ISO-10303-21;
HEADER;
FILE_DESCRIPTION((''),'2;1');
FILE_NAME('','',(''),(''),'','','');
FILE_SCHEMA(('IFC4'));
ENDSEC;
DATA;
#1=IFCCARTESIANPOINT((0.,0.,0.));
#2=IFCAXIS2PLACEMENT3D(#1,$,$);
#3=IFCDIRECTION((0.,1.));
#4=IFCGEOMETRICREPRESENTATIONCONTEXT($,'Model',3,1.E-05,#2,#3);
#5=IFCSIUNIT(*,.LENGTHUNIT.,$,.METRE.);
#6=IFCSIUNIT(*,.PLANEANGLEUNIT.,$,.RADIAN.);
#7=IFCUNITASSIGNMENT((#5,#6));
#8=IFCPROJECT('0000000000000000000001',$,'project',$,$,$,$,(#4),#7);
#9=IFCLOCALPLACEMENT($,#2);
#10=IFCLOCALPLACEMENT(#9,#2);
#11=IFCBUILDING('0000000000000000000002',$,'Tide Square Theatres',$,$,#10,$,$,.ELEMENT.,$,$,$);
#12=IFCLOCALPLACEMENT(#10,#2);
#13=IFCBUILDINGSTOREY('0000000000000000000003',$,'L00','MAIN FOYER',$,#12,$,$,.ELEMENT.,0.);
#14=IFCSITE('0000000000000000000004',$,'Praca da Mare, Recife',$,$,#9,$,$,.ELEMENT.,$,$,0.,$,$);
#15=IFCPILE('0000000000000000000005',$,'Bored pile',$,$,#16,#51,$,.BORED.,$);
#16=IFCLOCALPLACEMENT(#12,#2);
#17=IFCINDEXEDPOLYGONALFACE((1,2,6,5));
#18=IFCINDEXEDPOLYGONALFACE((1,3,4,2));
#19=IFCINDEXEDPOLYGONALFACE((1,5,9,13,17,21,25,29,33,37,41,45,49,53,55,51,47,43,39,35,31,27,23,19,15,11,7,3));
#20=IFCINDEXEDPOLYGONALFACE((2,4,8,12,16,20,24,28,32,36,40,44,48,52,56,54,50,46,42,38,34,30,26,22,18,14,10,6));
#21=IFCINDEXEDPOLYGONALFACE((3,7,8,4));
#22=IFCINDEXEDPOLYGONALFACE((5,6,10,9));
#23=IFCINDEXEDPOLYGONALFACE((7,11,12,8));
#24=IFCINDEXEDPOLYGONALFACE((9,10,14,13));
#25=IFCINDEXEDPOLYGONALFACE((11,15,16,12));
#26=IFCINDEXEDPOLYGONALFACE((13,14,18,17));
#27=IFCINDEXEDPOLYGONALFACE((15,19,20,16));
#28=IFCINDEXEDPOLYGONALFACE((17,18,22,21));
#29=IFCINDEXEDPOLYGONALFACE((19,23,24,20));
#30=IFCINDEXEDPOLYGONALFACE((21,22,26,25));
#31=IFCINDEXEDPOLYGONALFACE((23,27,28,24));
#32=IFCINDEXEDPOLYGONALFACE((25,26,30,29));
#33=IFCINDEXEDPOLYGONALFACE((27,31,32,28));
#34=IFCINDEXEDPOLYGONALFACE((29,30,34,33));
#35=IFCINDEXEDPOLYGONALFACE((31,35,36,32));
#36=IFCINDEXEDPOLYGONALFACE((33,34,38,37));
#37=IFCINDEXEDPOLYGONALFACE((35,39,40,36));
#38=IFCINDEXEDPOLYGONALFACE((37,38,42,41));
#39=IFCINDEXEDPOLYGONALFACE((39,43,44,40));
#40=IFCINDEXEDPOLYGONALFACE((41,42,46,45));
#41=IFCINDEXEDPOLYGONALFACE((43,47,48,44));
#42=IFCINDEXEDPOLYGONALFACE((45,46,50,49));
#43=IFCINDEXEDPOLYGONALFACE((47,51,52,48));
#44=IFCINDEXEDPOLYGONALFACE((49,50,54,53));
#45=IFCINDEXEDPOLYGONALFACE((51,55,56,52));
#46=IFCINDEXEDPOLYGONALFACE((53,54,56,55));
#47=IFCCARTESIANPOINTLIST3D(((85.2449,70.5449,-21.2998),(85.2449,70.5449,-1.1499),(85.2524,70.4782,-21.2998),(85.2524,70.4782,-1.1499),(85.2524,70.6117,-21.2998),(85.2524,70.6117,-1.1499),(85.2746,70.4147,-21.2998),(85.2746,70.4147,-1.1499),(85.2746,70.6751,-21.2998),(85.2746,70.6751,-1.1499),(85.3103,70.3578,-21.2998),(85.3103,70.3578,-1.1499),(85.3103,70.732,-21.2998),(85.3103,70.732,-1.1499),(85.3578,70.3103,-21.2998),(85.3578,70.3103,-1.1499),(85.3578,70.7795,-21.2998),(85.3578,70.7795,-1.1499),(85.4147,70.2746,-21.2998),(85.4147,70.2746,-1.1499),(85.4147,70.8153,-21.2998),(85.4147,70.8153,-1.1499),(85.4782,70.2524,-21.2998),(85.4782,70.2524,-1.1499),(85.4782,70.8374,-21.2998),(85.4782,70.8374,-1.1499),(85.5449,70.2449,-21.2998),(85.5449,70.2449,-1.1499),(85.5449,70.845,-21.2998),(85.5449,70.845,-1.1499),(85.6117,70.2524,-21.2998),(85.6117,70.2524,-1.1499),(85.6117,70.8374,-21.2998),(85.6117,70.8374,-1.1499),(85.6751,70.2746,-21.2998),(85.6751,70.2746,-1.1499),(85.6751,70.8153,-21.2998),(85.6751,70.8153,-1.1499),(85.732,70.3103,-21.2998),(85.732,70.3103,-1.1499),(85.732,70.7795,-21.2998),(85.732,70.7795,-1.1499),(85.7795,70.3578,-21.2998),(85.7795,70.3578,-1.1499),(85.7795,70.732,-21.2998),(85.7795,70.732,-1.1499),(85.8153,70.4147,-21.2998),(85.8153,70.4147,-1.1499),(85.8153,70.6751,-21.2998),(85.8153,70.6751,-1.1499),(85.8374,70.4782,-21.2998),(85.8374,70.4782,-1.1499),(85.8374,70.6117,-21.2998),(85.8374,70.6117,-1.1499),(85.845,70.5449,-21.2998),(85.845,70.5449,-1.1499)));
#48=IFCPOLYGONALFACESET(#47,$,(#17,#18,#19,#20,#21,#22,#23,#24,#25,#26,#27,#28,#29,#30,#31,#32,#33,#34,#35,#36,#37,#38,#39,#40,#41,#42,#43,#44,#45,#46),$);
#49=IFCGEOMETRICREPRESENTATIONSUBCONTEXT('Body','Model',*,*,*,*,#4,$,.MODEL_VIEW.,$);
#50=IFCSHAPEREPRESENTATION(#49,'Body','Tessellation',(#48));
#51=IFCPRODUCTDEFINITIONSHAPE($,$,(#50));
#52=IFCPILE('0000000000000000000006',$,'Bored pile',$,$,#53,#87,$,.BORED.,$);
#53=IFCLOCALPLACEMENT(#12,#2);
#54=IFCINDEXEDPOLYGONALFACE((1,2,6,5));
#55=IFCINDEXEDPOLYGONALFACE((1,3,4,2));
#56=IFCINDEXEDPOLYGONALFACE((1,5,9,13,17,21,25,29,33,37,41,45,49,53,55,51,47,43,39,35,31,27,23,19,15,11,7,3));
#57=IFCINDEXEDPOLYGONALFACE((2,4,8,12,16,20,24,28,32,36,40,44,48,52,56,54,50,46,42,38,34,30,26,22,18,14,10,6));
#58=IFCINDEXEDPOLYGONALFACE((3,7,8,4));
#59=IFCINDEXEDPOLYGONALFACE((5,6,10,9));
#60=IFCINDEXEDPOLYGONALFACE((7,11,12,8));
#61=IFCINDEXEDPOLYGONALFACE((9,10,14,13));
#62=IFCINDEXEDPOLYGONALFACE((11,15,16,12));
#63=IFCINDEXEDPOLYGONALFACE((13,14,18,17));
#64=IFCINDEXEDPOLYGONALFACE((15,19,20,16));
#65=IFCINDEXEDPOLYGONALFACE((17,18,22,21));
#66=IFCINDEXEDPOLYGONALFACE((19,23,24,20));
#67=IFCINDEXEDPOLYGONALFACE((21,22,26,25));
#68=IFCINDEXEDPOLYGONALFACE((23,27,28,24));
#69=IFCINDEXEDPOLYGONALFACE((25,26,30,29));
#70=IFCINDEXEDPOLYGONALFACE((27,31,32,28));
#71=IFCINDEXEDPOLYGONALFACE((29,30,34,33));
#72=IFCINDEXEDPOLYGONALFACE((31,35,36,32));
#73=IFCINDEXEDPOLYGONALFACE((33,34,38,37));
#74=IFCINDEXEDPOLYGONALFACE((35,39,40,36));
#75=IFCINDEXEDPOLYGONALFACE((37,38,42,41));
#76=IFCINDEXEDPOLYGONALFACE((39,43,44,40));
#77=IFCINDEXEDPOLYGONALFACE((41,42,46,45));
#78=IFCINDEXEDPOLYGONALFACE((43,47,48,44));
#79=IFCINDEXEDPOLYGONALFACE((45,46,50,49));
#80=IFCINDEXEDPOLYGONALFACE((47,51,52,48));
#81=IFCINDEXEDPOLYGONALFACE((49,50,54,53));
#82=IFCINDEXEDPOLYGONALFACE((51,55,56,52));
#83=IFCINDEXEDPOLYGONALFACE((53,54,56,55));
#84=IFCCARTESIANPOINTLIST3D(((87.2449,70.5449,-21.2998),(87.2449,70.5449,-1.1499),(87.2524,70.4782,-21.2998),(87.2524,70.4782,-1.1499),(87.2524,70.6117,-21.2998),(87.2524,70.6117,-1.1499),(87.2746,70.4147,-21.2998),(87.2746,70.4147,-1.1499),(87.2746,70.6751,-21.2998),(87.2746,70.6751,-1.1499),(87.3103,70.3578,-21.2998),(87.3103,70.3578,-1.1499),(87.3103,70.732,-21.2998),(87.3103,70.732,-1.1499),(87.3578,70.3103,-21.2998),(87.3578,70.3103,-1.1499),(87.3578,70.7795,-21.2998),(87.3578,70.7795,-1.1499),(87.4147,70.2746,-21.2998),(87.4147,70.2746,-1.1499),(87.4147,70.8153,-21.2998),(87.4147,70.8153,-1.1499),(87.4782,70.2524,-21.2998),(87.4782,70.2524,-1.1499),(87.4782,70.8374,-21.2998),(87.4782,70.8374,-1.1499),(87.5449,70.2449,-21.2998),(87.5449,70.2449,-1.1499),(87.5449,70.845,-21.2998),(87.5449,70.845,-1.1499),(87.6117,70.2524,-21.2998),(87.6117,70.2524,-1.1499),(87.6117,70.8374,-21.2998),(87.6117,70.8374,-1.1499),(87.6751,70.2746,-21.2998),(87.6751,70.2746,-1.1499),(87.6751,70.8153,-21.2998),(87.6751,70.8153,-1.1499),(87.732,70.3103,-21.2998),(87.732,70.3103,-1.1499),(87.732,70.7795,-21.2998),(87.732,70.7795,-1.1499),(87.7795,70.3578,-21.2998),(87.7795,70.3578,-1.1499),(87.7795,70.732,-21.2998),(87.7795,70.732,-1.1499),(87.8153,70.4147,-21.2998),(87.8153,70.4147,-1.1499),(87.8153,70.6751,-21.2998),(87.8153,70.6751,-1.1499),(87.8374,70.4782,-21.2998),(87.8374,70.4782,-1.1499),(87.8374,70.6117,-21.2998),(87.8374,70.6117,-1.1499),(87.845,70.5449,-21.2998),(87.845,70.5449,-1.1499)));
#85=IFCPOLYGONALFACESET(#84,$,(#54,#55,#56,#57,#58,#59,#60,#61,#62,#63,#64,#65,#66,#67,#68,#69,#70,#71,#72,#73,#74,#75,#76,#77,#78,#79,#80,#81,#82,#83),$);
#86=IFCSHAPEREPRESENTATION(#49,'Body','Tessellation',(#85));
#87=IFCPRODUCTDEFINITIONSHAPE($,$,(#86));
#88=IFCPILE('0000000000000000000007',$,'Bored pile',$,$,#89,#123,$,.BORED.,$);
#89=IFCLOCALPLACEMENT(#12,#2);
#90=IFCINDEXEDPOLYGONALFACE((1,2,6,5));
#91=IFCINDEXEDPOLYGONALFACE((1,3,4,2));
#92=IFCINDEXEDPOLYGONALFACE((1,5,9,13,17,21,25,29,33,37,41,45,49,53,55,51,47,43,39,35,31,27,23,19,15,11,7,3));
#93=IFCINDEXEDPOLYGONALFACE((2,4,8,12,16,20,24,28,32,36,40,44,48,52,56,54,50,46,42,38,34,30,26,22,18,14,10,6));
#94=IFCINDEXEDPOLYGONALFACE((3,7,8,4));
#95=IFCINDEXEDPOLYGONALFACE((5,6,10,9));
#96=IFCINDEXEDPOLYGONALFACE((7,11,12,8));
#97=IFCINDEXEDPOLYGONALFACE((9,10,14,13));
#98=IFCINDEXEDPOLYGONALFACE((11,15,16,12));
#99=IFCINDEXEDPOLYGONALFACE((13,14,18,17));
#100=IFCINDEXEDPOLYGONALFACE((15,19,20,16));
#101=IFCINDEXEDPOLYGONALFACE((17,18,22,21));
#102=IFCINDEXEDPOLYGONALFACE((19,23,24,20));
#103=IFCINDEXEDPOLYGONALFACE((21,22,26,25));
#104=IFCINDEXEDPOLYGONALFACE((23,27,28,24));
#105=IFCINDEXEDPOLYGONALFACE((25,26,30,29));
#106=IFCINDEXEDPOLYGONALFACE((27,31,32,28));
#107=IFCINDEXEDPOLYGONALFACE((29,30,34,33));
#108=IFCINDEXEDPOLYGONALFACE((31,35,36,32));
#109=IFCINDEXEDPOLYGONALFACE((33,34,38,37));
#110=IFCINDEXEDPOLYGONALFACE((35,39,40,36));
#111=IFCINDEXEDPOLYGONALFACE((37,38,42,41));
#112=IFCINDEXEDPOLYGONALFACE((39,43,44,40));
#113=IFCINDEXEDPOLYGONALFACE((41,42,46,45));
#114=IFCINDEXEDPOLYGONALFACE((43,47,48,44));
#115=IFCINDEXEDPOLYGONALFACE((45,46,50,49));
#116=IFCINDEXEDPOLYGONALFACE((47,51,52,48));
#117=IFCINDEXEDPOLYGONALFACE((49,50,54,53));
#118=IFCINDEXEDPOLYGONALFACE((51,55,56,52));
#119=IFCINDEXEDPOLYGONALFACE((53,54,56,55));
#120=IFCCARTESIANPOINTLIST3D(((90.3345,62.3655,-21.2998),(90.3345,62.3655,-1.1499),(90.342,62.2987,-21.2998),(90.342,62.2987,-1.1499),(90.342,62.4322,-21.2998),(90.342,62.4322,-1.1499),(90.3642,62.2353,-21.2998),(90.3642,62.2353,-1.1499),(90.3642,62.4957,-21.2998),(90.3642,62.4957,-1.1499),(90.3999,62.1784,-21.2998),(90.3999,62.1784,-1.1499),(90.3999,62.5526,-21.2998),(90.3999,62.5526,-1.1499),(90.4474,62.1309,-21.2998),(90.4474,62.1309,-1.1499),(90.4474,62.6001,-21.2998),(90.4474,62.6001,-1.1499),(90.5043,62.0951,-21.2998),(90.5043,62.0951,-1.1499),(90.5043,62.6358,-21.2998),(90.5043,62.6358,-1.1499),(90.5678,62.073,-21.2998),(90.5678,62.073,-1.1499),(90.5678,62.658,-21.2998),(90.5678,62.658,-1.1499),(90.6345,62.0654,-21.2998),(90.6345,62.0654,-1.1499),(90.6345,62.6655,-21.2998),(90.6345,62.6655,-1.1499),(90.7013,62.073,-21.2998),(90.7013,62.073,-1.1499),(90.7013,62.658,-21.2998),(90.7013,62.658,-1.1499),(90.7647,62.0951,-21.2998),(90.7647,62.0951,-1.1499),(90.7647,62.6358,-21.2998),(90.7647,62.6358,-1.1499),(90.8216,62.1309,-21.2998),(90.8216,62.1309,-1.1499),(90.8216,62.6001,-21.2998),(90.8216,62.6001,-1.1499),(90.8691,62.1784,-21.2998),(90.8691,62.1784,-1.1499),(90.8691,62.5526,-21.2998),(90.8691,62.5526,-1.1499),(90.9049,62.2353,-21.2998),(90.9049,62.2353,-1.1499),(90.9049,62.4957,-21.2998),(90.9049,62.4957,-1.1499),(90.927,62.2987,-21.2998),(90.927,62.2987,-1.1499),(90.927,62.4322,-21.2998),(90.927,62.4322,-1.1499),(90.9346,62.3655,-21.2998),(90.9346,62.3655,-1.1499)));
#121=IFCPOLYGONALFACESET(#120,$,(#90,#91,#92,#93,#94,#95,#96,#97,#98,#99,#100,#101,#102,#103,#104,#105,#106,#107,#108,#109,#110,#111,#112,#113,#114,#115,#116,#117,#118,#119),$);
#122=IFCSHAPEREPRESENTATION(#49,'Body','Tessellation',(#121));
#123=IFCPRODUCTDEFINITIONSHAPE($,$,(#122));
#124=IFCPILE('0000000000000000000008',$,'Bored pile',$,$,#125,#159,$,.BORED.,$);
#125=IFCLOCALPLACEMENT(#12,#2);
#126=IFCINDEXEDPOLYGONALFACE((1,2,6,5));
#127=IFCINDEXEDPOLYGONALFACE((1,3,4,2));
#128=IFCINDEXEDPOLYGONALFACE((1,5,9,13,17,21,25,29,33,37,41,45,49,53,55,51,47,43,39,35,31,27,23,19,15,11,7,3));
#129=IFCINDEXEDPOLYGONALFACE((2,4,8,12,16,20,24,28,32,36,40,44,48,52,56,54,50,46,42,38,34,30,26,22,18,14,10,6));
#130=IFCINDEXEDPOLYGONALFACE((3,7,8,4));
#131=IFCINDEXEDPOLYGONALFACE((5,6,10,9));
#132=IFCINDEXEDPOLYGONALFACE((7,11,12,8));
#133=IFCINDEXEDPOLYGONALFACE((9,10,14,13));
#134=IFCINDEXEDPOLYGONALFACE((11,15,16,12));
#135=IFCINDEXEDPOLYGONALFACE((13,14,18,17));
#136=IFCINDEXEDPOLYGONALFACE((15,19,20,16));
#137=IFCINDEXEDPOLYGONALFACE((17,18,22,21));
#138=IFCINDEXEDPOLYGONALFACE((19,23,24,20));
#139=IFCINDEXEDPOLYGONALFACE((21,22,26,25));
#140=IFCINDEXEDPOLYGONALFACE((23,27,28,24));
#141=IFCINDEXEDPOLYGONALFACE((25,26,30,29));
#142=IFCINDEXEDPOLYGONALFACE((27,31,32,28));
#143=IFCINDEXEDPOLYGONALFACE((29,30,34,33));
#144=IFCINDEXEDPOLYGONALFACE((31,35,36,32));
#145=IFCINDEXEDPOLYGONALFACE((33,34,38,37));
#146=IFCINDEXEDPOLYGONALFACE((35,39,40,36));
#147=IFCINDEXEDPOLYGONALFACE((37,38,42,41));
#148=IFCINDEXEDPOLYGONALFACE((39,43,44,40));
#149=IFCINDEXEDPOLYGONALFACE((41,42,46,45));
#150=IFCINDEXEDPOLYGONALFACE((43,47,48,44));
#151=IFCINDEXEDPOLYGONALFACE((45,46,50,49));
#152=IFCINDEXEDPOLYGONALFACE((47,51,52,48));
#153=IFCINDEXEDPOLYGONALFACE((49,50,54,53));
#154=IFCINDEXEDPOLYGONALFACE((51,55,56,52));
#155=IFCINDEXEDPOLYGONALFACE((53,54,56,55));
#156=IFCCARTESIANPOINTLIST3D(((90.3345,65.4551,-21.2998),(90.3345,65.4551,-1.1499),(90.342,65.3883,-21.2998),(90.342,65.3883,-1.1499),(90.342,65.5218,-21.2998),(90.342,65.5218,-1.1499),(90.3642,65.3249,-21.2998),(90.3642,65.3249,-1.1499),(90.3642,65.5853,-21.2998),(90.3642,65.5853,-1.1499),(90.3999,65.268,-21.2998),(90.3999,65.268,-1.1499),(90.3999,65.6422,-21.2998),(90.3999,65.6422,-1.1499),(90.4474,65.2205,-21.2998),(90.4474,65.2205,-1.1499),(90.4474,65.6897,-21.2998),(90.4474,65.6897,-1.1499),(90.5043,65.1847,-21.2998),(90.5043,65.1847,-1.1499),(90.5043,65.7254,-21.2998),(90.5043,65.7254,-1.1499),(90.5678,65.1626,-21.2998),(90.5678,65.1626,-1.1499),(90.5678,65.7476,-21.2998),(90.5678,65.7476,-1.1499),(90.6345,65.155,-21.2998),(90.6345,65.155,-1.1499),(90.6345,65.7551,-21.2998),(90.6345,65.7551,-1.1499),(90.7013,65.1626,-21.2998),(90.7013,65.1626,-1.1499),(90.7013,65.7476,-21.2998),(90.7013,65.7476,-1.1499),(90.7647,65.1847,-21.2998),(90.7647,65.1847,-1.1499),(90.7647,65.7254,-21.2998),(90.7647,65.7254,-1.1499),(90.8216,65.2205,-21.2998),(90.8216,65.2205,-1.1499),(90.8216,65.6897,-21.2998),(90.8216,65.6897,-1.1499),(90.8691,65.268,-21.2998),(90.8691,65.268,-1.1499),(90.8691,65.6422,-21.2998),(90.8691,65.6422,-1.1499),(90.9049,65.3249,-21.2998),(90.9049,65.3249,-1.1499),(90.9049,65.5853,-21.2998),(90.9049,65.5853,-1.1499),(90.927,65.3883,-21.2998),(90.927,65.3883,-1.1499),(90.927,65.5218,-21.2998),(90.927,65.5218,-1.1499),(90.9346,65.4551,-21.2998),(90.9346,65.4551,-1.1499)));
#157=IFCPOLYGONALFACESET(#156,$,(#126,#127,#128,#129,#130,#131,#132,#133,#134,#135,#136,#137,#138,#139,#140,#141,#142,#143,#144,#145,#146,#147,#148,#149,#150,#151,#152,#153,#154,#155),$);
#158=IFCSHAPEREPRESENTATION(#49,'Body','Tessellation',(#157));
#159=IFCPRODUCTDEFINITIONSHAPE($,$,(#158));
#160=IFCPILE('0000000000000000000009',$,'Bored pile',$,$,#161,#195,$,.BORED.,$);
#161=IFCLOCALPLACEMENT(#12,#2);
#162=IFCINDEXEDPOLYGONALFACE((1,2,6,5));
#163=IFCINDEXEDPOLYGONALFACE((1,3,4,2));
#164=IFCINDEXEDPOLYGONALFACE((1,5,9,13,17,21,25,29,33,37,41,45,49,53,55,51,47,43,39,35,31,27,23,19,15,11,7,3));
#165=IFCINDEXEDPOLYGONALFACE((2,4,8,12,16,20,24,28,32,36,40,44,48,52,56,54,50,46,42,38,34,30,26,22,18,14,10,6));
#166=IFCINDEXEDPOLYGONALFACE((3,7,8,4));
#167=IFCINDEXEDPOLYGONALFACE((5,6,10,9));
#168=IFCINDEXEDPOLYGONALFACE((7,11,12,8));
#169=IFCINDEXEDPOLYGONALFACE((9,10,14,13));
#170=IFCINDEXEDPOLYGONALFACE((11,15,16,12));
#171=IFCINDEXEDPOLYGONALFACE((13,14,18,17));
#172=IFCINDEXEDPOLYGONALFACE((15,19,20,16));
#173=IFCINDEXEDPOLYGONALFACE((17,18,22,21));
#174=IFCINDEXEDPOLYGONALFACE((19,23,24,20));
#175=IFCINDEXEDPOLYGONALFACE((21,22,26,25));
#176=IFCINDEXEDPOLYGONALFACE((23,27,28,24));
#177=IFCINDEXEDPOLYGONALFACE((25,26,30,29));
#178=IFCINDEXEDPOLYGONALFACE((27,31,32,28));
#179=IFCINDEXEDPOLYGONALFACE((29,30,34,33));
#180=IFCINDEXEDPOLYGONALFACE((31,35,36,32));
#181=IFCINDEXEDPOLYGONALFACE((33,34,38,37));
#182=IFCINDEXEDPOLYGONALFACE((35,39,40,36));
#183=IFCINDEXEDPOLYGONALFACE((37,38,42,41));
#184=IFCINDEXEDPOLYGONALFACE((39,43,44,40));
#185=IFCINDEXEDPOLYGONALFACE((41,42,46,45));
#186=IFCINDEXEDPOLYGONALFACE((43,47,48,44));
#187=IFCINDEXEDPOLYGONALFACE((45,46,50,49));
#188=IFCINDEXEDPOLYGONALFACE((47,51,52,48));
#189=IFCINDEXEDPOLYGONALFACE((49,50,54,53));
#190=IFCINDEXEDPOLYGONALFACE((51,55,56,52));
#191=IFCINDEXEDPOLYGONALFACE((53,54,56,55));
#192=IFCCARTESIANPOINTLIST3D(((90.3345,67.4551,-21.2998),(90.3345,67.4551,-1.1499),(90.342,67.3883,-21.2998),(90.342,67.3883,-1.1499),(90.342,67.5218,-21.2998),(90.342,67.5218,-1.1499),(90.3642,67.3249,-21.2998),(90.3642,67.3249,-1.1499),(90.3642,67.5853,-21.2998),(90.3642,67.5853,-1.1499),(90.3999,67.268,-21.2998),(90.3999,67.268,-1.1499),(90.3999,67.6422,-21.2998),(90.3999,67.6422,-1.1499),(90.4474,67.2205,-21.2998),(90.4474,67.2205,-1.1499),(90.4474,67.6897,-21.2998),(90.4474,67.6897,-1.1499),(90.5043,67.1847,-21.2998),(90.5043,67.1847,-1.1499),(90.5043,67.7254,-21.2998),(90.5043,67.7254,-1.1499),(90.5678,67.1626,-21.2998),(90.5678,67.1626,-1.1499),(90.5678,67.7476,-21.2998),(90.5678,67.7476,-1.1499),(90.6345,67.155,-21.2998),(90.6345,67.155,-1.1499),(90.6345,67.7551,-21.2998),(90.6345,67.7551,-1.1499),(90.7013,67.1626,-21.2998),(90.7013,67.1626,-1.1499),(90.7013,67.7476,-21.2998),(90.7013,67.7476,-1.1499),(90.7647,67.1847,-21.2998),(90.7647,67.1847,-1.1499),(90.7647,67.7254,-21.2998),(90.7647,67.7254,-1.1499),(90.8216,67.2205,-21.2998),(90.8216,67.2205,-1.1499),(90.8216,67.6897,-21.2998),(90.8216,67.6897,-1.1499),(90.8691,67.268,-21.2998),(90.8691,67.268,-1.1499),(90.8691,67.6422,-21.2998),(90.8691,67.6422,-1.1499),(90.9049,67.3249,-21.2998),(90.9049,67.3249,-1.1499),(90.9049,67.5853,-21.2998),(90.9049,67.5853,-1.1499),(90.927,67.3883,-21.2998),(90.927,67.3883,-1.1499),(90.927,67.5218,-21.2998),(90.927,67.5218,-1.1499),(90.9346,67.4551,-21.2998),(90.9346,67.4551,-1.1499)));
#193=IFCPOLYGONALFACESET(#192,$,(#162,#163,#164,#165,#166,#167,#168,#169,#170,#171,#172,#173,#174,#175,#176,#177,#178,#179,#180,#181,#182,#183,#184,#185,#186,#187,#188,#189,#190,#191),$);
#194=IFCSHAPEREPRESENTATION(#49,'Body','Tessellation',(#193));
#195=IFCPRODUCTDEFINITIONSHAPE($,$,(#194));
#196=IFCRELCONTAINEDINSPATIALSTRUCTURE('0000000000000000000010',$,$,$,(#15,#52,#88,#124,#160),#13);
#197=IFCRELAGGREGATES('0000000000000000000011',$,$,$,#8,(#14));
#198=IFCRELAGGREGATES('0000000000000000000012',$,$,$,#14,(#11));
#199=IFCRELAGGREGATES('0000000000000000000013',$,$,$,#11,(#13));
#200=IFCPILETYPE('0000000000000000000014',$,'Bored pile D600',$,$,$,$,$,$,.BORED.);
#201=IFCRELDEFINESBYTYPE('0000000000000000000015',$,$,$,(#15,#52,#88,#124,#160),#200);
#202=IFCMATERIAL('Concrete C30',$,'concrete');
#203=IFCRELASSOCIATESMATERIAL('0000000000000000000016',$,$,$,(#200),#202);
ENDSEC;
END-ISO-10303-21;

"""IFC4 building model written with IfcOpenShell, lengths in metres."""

from ifc_helpers import new_model, si_unit, direction, frame, origin, origin_2d, place, context, subcontext, project, spatial, circle, extrude, material, material_profile, profile_set, type_object, element, save


model = new_model("IFC4")

# Units and contexts
model_context = context("Model", 3, precision=1e-05, world=origin(), true_north=direction((0.0, 1.0)))
body_context = subcontext(model_context, "Body", "Model", "MODEL_VIEW")
ifc_project = project(units=[si_unit("LENGTHUNIT", "METRE"), si_unit("PLANEANGLEUNIT", "RADIAN")], contexts=[model_context])

# Site, building, storey
site_placement = place(None, origin())
site = spatial("IfcSite", under=ifc_project, at=site_placement, Name="Praca da Mare, Recife", CompositionType="ELEMENT", RefElevation=0.0)
building_placement = place(site_placement, origin())
building = spatial("IfcBuilding", under=site, at=building_placement, Name="Tide Square Theatres", CompositionType="ELEMENT")
storey_placement = place(building_placement, origin())
storey = spatial("IfcBuildingStorey", under=building, at=storey_placement, Name="L00", Description="MAIN FOYER", CompositionType="ELEMENT", Elevation=0.0)

# Piles
ifc_material_1 = material(Name="Concrete C30", Category="concrete")
ifc_material_profile_1 = material_profile(ifc_material_1, circle(Radius=0.3, at=origin_2d()))
ifc_profile_set_1 = profile_set([ifc_material_profile_1], Name="Concrete C30")
pile_type = type_object("IfcPileType", Name="Bored pile D600", PredefinedType="BORED", material=ifc_profile_set_1)
for number, where, z_axis, x_axis, name in (
    (1, (85.5449, 70.5449, -1.1499), (0.0, 0.0, -1.0), (1.0, 0.0, 0.0), "Bored pile"),
    (2, (87.5449, 70.5449, -1.1499), (0.0, 0.0, -1.0), (1.0, 0.0, 0.0), "Bored pile"),
    (3, (90.6345, 62.3655, -1.1499), (0.0, 0.0, -1.0), (1.0, 0.0, 0.0), "Bored pile"),
    (4, (90.6345, 65.4551, -1.1499), (0.0, 0.0, -1.0), (1.0, 0.0, 0.0), "Bored pile"),
    (5, (90.6345, 67.4551, -1.1499), (0.0, 0.0, -1.0), (1.0, 0.0, 0.0), "Bored pile"),
):
    element("IfcPile", number, at=place(storey_placement, frame(where, z_axis=z_axis, x_axis=x_axis)), inside=storey, type_object=pile_type, Name=name, PredefinedType="BORED", context=body_context, shape_type="SweptSolid", body=[
        extrude(circle(Radius=0.3, at=origin_2d()), origin(), (0.0, 0.0, 1.0), 20.1499),
    ])

save(model, "model.ifc")
